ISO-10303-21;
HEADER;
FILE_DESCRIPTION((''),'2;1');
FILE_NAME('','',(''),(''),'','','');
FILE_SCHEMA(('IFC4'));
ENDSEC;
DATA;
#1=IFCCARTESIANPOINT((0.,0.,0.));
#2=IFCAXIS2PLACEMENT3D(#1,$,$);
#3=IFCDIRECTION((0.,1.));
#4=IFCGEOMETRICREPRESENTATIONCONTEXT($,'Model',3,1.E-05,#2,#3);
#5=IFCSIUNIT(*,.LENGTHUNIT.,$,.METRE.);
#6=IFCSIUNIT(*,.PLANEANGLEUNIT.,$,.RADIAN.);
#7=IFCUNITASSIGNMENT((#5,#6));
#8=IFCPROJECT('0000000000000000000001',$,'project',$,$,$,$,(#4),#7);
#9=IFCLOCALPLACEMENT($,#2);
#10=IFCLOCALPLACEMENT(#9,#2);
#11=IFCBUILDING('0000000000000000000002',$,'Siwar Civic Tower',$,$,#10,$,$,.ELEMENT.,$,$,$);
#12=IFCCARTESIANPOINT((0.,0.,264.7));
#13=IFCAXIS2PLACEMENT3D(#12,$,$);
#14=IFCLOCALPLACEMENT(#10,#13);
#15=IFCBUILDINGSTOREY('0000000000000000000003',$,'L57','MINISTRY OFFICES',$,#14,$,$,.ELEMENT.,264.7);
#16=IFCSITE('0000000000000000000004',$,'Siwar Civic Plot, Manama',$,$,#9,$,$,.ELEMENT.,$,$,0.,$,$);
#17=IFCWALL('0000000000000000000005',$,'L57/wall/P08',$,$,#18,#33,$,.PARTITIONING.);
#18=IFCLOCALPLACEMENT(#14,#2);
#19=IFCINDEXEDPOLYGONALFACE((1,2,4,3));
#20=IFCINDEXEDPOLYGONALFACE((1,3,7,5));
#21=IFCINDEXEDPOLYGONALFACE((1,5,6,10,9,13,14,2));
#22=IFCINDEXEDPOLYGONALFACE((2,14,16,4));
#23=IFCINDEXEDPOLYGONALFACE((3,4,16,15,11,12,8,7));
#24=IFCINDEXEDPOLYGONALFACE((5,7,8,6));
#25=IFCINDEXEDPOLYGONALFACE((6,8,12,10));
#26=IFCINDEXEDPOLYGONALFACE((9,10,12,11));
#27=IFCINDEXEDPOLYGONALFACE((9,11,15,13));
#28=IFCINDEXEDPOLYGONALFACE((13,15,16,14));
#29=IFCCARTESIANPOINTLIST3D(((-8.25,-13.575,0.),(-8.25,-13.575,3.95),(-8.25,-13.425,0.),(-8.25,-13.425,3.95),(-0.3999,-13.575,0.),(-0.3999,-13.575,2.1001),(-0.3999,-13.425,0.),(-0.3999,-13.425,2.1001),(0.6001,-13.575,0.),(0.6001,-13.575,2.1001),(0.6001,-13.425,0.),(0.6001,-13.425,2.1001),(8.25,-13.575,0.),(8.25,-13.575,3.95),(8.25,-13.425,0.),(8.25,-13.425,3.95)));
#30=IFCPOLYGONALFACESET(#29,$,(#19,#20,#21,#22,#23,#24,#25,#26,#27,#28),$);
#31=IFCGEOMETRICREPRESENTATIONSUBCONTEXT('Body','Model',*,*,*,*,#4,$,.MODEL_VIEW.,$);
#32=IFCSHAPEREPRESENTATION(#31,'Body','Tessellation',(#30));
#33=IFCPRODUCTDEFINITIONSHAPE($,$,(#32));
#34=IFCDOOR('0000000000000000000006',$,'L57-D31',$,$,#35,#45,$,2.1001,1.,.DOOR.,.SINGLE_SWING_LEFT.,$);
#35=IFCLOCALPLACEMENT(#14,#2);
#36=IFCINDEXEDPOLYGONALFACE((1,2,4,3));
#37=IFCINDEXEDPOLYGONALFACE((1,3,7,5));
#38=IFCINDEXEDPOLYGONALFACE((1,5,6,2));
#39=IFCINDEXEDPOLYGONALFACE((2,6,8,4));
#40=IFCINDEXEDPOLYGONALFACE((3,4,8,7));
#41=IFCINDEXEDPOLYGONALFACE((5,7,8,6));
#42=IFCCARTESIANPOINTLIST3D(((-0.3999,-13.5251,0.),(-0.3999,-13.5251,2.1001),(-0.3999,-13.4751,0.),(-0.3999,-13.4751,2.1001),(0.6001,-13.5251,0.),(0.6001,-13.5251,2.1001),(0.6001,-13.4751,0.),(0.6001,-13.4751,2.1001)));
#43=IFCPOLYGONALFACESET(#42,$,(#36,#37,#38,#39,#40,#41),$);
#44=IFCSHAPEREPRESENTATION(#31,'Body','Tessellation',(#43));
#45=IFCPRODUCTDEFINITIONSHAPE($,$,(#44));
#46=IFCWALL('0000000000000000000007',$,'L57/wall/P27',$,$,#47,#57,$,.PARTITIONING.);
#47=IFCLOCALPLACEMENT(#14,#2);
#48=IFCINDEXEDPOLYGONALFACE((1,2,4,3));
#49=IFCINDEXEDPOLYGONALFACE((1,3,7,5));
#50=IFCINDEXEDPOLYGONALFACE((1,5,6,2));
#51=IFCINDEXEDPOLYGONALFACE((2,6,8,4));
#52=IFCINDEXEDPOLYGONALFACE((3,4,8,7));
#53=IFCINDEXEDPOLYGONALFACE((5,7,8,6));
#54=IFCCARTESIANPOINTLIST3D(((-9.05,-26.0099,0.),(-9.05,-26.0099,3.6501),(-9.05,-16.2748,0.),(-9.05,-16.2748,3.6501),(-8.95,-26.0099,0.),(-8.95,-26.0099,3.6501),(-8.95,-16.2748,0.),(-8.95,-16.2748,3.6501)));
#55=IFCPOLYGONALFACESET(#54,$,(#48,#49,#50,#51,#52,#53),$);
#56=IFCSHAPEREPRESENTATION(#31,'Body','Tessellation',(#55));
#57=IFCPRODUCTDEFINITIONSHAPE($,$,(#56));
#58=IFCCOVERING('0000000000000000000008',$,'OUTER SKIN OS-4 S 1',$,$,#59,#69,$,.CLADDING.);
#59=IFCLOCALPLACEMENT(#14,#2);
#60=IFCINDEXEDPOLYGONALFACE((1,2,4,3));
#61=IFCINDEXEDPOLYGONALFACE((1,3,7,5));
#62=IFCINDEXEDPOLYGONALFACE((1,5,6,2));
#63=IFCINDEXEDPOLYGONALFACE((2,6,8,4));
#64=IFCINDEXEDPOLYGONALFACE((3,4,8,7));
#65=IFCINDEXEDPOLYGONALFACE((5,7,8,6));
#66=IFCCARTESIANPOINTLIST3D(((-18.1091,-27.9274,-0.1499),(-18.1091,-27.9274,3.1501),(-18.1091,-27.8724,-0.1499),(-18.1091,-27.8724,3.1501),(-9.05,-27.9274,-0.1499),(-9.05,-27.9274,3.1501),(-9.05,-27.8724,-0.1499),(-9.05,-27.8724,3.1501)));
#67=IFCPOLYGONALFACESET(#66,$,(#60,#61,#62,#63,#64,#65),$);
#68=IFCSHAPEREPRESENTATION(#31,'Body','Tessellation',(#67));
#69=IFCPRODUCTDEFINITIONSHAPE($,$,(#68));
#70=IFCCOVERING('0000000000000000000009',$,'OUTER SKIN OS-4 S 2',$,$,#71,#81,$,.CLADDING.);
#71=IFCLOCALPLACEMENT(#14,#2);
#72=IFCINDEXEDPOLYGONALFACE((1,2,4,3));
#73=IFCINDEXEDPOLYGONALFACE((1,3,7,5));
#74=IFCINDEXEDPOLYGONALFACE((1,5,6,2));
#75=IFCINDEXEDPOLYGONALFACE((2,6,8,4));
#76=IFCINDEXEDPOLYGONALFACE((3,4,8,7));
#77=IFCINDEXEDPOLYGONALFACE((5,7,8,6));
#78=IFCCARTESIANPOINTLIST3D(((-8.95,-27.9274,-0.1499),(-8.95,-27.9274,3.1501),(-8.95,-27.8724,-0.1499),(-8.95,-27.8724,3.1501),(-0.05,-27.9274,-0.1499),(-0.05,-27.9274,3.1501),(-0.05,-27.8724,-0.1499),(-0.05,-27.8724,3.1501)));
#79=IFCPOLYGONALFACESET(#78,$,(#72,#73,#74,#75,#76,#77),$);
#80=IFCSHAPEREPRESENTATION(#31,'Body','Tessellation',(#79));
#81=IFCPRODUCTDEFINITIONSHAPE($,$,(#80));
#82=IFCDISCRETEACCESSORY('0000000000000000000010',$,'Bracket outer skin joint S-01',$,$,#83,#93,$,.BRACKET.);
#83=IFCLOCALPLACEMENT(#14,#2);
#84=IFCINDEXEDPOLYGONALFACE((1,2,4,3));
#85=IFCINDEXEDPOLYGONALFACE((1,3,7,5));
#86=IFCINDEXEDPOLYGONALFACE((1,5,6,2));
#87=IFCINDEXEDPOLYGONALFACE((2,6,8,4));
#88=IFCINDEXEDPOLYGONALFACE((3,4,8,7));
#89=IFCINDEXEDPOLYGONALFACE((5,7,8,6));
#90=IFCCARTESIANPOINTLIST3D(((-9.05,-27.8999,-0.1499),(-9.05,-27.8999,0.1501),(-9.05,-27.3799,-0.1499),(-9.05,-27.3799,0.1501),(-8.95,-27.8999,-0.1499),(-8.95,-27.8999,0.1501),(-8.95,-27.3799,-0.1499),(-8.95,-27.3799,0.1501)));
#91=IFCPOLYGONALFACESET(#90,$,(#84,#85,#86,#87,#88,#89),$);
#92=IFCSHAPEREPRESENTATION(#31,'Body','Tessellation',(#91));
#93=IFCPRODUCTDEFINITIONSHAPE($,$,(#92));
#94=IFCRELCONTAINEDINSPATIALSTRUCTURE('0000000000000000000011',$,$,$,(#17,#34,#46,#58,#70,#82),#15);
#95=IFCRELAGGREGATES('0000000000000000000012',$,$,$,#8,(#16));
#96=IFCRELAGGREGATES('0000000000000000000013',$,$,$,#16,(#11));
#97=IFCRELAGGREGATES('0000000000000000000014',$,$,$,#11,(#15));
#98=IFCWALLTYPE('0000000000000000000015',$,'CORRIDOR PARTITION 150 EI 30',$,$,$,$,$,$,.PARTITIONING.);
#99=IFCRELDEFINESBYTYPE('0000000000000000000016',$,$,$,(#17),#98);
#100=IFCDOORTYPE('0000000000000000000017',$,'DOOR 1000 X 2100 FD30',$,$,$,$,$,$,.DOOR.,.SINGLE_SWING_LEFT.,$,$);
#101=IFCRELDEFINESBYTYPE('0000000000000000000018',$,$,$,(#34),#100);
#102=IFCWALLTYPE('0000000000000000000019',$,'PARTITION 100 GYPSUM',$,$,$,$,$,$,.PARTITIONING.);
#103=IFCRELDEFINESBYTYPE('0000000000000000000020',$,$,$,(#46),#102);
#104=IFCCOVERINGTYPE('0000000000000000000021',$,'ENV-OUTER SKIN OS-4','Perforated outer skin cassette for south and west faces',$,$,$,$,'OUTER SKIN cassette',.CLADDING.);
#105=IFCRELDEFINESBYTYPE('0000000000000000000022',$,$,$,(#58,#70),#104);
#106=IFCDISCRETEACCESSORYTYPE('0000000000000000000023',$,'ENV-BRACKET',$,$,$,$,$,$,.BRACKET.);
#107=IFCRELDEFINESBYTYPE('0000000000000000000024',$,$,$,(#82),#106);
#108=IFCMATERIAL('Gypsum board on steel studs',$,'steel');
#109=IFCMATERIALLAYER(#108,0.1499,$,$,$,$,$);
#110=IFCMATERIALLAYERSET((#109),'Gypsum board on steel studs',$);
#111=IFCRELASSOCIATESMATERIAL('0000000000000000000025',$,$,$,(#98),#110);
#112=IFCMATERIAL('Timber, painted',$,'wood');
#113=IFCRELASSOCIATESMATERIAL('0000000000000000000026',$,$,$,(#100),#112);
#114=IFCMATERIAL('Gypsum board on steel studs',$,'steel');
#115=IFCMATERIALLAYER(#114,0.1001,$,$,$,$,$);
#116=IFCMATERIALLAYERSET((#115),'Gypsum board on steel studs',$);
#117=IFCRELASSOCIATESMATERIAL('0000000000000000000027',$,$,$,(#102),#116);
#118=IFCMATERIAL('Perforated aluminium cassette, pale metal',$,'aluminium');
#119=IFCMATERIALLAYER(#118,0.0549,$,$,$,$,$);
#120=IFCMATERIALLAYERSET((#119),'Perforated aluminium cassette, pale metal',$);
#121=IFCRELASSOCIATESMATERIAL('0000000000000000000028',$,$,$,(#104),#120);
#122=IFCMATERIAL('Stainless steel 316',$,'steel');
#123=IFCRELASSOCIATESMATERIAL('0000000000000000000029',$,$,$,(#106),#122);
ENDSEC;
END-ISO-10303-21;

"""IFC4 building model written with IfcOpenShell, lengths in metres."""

from ifc_helpers import new_model, si_unit, direction, frame, frame_2d, origin, origin_2d, place, context, subcontext, project, spatial, rectangle, extrude, material, layer, layer_set, type_object, element, fill, save


model = new_model("IFC4")

# Units and contexts
model_context = context("Model", 3, precision=1e-05, world=origin(), true_north=direction((0.0, 1.0)))
body_context = subcontext(model_context, "Body", "Model", "MODEL_VIEW")
ifc_project = project(units=[si_unit("LENGTHUNIT", "METRE"), si_unit("PLANEANGLEUNIT", "RADIAN")], contexts=[model_context])

# Site, building, storey
site_placement = place(None, origin())
site = spatial("IfcSite", under=ifc_project, at=site_placement, Name="Siwar Civic Plot, Manama", CompositionType="ELEMENT", RefElevation=0.0)
building_placement = place(site_placement, origin())
building = spatial("IfcBuilding", under=site, at=building_placement, Name="Siwar Civic Tower", CompositionType="ELEMENT")
storey_placement = place(building_placement, frame((0.0, 0.0, 264.7)))
storey = spatial("IfcBuildingStorey", under=building, at=storey_placement, Name="L57", Description="MINISTRY OFFICES", CompositionType="ELEMENT", Elevation=264.7)

# Wall, opening, door
ifc_material_1 = material(Name="Gypsum board on steel studs", Category="steel")
ifc_layer_1 = layer(ifc_material_1, 0.1499)
ifc_layer_set_1 = layer_set([ifc_layer_1], Name="Gypsum board on steel studs")
wall_type_1 = type_object("IfcWallType", Name="CORRIDOR PARTITION 150 EI 30", PredefinedType="PARTITIONING", material=ifc_layer_set_1)
wall_1_placement = place(storey_placement, frame((-8.25, -13.5, 0.0), z_axis=(0.0, 0.0, 1.0), x_axis=(1.0, 0.0, 0.0)))
wall_1 = element("IfcWall", 1, at=wall_1_placement, inside=storey, type_object=wall_type_1, Name="L57/wall/P08", PredefinedType="PARTITIONING", context=body_context, shape_type="SweptSolid", body=[
    extrude(rectangle(XDim=16.5, YDim=0.1499, at=frame_2d((8.25, 0.0))), origin(), (0.0, 0.0, 1.0), 3.95),
])
opening_placement = place(wall_1_placement, frame((7.8501, 0.0, 0.0)))
opening = element("IfcOpeningElement", 2, at=opening_placement, cuts=wall_1, PredefinedType="OPENING", context=body_context, shape_type="SweptSolid", body=[
    extrude(rectangle(XDim=1.0, YDim=2.1001, at=frame_2d((0.5, 1.05))), frame((0.0, 0.085, 0.0), z_axis=(0.0, -1.0, 0.0), x_axis=(1.0, 0.0, 0.0)), (0.0, 0.0, 1.0), 0.1699),
])
ifc_material_2 = material(Name="Timber, painted", Category="wood")
door_type = type_object("IfcDoorType", Name="DOOR 1000 X 2100 FD30", OperationType="SINGLE_SWING_LEFT", PredefinedType="DOOR", material=ifc_material_2)
door_placement = place(opening_placement, origin())
door = element("IfcDoor", 3, at=door_placement, inside=storey, type_object=door_type, Name="L57-D31", OperationType="SINGLE_SWING_LEFT", OverallHeight=2.1001, OverallWidth=1.0, PredefinedType="DOOR", context=body_context, shape_type="SweptSolid", body=[
    extrude(rectangle(XDim=1.0, YDim=2.1001, at=frame_2d((0.5, 1.05))), frame((0.0, 0.0249, 0.0), z_axis=(0.0, -1.0, 0.0), x_axis=(1.0, 0.0, 0.0)), (0.0, 0.0, 1.0), 0.05),
])
fill(opening, door)

# Wall
ifc_material_3 = material(Name="Gypsum board on steel studs", Category="steel")
ifc_layer_2 = layer(ifc_material_3, 0.1001)
ifc_layer_set_2 = layer_set([ifc_layer_2], Name="Gypsum board on steel studs")
wall_type_2 = type_object("IfcWallType", Name="PARTITION 100 GYPSUM", PredefinedType="PARTITIONING", material=ifc_layer_set_2)
wall_2_placement = place(storey_placement, frame((-9.0, -26.01, 0.0), z_axis=(0.0, 0.0, 1.0), x_axis=(0.0, 1.0, 0.0)))
element("IfcWall", 4, at=wall_2_placement, inside=storey, type_object=wall_type_2, Name="L57/wall/P27", PredefinedType="PARTITIONING", context=body_context, shape_type="SweptSolid", body=[
    extrude(rectangle(XDim=9.7351, YDim=0.1001, at=frame_2d((4.8677, 0.0))), origin(), (0.0, 0.0, 1.0), 3.6501),
])

# Coverings
ifc_material_4 = material(Name="Perforated aluminium cassette, pale metal", Category="aluminium")
ifc_layer_3 = layer(ifc_material_4, 0.0549)
ifc_layer_set_3 = layer_set([ifc_layer_3], Name="Perforated aluminium cassette, pale metal")
covering_type = type_object("IfcCoveringType", Name="ENV-OUTER SKIN OS-4", Description="Perforated outer skin cassette for south and west faces", ElementType="OUTER SKIN cassette", PredefinedType="CLADDING", material=ifc_layer_set_3)
covering_1_placement = place(storey_placement, frame((-13.5796, -27.8999, -0.1499), z_axis=(0.0, 0.0, 1.0), x_axis=(1.0, 0.0, 0.0)))
element("IfcCovering", 5, at=covering_1_placement, inside=storey, type_object=covering_type, Name="OUTER SKIN OS-4 S 1", PredefinedType="CLADDING", context=body_context, shape_type="SweptSolid", body=[
    extrude(rectangle(XDim=9.0591, YDim=0.0549, at=origin_2d()), origin(), (0.0, 0.0, 1.0), 3.3),
])
covering_2_placement = place(storey_placement, frame((-4.5, -27.8999, -0.1499), z_axis=(0.0, 0.0, 1.0), x_axis=(1.0, 0.0, 0.0)))
element("IfcCovering", 6, at=covering_2_placement, inside=storey, type_object=covering_type, Name="OUTER SKIN OS-4 S 2", PredefinedType="CLADDING", context=body_context, shape_type="SweptSolid", body=[
    extrude(rectangle(XDim=8.8999, YDim=0.0549, at=origin_2d()), origin(), (0.0, 0.0, 1.0), 3.3),
])

# Discrete accessory
ifc_material_5 = material(Name="Stainless steel 316", Category="steel")
discrete_accessory_type = type_object("IfcDiscreteAccessoryType", Name="ENV-BRACKET", PredefinedType="BRACKET", material=ifc_material_5)
discrete_accessory_placement = place(storey_placement, frame((-9.0, -27.6399, -0.1499), z_axis=(0.0, 0.0, 1.0), x_axis=(0.0, -1.0, 0.0)))
element("IfcDiscreteAccessory", 7, at=discrete_accessory_placement, inside=storey, type_object=discrete_accessory_type, Name="Bracket outer skin joint S-01", PredefinedType="BRACKET", context=body_context, shape_type="SweptSolid", body=[
    extrude(rectangle(XDim=0.52, YDim=0.1001, at=origin_2d()), origin(), (0.0, 0.0, 1.0), 0.3),
])

save(model, "model.ifc")
